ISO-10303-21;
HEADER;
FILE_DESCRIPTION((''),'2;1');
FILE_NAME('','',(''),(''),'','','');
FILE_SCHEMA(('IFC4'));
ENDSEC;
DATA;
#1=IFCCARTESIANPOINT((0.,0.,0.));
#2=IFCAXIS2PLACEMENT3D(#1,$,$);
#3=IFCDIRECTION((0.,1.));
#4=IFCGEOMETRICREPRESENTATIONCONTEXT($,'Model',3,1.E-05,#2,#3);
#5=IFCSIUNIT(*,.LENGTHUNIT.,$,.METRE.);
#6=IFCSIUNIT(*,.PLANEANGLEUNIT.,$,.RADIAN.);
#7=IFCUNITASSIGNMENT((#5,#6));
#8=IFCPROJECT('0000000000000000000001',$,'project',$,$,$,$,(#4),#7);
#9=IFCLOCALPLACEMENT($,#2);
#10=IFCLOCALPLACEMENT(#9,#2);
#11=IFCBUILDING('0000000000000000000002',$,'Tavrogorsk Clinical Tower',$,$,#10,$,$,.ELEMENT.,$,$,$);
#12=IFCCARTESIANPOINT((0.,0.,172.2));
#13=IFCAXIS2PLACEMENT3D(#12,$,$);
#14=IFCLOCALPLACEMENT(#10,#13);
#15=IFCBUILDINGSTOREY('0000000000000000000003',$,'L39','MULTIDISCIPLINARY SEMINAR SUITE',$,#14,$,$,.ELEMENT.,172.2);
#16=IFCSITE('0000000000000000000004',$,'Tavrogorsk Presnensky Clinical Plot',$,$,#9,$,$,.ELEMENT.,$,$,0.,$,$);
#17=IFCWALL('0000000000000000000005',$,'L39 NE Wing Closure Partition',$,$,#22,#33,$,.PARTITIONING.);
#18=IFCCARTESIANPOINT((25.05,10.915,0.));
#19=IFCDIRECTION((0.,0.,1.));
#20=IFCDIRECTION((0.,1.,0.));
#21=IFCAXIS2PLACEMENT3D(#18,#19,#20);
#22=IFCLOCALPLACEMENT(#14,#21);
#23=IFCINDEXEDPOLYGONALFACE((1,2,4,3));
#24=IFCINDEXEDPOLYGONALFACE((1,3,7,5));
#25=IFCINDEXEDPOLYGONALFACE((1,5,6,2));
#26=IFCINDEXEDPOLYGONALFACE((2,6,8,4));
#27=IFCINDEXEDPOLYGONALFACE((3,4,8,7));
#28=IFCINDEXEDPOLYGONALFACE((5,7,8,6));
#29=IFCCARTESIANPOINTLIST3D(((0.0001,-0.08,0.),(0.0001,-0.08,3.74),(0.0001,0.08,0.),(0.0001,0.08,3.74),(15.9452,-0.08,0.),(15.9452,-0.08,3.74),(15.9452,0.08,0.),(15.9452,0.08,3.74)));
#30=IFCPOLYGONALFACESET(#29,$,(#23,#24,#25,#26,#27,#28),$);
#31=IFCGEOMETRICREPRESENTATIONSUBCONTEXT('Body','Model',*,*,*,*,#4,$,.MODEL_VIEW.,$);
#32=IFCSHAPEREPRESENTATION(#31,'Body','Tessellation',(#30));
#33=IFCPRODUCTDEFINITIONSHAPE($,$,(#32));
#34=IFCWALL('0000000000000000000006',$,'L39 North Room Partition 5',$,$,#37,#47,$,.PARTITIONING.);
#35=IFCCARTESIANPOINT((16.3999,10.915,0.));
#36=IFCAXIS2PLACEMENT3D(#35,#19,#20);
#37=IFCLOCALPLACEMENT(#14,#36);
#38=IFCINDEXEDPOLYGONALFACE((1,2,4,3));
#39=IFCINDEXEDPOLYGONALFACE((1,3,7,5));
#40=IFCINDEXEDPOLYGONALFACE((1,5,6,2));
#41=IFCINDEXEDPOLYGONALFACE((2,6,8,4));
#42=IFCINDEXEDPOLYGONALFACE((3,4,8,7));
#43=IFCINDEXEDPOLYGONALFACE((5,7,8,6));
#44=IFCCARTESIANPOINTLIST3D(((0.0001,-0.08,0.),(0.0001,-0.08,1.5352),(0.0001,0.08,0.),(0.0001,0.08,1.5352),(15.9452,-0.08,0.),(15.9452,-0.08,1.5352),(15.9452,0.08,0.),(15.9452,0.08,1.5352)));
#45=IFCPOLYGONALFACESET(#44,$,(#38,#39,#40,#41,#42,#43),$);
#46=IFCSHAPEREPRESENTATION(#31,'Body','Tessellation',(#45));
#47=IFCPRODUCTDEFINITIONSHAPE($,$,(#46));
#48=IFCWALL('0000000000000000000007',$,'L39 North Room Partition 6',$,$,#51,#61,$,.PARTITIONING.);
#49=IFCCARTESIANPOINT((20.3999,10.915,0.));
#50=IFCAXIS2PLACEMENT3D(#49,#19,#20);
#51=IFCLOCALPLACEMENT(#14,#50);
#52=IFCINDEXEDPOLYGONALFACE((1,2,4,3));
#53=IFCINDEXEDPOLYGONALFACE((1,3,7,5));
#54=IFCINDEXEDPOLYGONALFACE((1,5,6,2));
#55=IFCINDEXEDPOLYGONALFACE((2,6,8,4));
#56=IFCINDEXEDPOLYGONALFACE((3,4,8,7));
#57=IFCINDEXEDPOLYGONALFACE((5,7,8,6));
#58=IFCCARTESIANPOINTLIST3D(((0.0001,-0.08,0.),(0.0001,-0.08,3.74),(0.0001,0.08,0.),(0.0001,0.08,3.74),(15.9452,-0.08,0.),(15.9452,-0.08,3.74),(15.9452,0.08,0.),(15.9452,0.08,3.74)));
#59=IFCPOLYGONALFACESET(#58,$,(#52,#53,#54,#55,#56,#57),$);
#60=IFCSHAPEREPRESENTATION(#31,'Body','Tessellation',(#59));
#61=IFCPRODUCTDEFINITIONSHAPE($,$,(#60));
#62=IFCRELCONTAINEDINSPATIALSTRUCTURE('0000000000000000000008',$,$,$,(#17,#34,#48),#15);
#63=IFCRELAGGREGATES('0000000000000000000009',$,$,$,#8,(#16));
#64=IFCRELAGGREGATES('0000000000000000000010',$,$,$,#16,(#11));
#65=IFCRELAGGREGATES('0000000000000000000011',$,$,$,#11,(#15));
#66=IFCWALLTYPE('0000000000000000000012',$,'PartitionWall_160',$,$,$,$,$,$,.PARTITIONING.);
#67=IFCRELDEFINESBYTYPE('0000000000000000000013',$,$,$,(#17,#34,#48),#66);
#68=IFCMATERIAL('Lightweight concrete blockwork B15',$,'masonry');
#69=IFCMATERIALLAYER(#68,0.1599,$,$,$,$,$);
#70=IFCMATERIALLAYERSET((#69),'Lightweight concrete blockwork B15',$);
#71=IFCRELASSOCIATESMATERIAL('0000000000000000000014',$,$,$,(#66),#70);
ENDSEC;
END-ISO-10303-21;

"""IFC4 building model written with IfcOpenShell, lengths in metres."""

from ifc_helpers import new_model, si_unit, direction, frame, frame_2d, origin, place, context, subcontext, project, spatial, rectangle, extrude, material, layer, layer_set, type_object, element, save


model = new_model("IFC4")

# Units and contexts
model_context = context("Model", 3, precision=1e-05, world=origin(), true_north=direction((0.0, 1.0)))
body_context = subcontext(model_context, "Body", "Model", "MODEL_VIEW")
ifc_project = project(units=[si_unit("LENGTHUNIT", "METRE"), si_unit("PLANEANGLEUNIT", "RADIAN")], contexts=[model_context])

# Site, building, storey
site_placement = place(None, origin())
site = spatial("IfcSite", under=ifc_project, at=site_placement, Name="Tavrogorsk Presnensky Clinical Plot", CompositionType="ELEMENT", RefElevation=0.0)
building_placement = place(site_placement, origin())
building = spatial("IfcBuilding", under=site, at=building_placement, Name="Tavrogorsk Clinical Tower", CompositionType="ELEMENT")
storey_placement = place(building_placement, frame((0.0, 0.0, 172.2)))
storey = spatial("IfcBuildingStorey", under=building, at=storey_placement, Name="L39", Description="MULTIDISCIPLINARY SEMINAR SUITE", CompositionType="ELEMENT", Elevation=172.2)

# Shared definitions
ifc_material_1 = material(Name="Lightweight concrete blockwork B15", Category="masonry")
ifc_layer_1 = layer(ifc_material_1, 0.1599)
ifc_layer_set_1 = layer_set([ifc_layer_1], Name="Lightweight concrete blockwork B15")
wall_type_1 = type_object("IfcWallType", Name="PartitionWall_160", PredefinedType="PARTITIONING", material=ifc_layer_set_1)

# Walls
wall_1_placement = place(storey_placement, frame((25.05, 10.915, 0.0), z_axis=(0.0, 0.0, 1.0), x_axis=(0.0, 1.0, 0.0)))
element("IfcWall", 1, at=wall_1_placement, inside=storey, type_object=wall_type_1, Name="L39 NE Wing Closure Partition", PredefinedType="PARTITIONING", context=body_context, shape_type="SweptSolid", body=[
    extrude(rectangle(XDim=15.9451, YDim=0.1599, at=frame_2d((7.9727, 0.0))), origin(), (0.0, 0.0, 1.0), 3.74),
])
wall_2_placement = place(storey_placement, frame((16.3999, 10.915, 0.0), z_axis=(0.0, 0.0, 1.0), x_axis=(0.0, 1.0, 0.0)))
element("IfcWall", 2, at=wall_2_placement, inside=storey, type_object=wall_type_1, Name="L39 North Room Partition 5", PredefinedType="PARTITIONING", context=body_context, shape_type="SweptSolid", body=[
    extrude(rectangle(XDim=15.9451, YDim=0.1599, at=frame_2d((7.9727, 0.0))), origin(), (0.0, 0.0, 1.0), 1.5352),
])
wall_3_placement = place(storey_placement, frame((20.3999, 10.915, 0.0), z_axis=(0.0, 0.0, 1.0), x_axis=(0.0, 1.0, 0.0)))
element("IfcWall", 3, at=wall_3_placement, inside=storey, type_object=wall_type_1, Name="L39 North Room Partition 6", PredefinedType="PARTITIONING", context=body_context, shape_type="SweptSolid", body=[
    extrude(rectangle(XDim=15.9451, YDim=0.1599, at=frame_2d((7.9727, 0.0))), origin(), (0.0, 0.0, 1.0), 3.74),
])

save(model, "model.ifc")
